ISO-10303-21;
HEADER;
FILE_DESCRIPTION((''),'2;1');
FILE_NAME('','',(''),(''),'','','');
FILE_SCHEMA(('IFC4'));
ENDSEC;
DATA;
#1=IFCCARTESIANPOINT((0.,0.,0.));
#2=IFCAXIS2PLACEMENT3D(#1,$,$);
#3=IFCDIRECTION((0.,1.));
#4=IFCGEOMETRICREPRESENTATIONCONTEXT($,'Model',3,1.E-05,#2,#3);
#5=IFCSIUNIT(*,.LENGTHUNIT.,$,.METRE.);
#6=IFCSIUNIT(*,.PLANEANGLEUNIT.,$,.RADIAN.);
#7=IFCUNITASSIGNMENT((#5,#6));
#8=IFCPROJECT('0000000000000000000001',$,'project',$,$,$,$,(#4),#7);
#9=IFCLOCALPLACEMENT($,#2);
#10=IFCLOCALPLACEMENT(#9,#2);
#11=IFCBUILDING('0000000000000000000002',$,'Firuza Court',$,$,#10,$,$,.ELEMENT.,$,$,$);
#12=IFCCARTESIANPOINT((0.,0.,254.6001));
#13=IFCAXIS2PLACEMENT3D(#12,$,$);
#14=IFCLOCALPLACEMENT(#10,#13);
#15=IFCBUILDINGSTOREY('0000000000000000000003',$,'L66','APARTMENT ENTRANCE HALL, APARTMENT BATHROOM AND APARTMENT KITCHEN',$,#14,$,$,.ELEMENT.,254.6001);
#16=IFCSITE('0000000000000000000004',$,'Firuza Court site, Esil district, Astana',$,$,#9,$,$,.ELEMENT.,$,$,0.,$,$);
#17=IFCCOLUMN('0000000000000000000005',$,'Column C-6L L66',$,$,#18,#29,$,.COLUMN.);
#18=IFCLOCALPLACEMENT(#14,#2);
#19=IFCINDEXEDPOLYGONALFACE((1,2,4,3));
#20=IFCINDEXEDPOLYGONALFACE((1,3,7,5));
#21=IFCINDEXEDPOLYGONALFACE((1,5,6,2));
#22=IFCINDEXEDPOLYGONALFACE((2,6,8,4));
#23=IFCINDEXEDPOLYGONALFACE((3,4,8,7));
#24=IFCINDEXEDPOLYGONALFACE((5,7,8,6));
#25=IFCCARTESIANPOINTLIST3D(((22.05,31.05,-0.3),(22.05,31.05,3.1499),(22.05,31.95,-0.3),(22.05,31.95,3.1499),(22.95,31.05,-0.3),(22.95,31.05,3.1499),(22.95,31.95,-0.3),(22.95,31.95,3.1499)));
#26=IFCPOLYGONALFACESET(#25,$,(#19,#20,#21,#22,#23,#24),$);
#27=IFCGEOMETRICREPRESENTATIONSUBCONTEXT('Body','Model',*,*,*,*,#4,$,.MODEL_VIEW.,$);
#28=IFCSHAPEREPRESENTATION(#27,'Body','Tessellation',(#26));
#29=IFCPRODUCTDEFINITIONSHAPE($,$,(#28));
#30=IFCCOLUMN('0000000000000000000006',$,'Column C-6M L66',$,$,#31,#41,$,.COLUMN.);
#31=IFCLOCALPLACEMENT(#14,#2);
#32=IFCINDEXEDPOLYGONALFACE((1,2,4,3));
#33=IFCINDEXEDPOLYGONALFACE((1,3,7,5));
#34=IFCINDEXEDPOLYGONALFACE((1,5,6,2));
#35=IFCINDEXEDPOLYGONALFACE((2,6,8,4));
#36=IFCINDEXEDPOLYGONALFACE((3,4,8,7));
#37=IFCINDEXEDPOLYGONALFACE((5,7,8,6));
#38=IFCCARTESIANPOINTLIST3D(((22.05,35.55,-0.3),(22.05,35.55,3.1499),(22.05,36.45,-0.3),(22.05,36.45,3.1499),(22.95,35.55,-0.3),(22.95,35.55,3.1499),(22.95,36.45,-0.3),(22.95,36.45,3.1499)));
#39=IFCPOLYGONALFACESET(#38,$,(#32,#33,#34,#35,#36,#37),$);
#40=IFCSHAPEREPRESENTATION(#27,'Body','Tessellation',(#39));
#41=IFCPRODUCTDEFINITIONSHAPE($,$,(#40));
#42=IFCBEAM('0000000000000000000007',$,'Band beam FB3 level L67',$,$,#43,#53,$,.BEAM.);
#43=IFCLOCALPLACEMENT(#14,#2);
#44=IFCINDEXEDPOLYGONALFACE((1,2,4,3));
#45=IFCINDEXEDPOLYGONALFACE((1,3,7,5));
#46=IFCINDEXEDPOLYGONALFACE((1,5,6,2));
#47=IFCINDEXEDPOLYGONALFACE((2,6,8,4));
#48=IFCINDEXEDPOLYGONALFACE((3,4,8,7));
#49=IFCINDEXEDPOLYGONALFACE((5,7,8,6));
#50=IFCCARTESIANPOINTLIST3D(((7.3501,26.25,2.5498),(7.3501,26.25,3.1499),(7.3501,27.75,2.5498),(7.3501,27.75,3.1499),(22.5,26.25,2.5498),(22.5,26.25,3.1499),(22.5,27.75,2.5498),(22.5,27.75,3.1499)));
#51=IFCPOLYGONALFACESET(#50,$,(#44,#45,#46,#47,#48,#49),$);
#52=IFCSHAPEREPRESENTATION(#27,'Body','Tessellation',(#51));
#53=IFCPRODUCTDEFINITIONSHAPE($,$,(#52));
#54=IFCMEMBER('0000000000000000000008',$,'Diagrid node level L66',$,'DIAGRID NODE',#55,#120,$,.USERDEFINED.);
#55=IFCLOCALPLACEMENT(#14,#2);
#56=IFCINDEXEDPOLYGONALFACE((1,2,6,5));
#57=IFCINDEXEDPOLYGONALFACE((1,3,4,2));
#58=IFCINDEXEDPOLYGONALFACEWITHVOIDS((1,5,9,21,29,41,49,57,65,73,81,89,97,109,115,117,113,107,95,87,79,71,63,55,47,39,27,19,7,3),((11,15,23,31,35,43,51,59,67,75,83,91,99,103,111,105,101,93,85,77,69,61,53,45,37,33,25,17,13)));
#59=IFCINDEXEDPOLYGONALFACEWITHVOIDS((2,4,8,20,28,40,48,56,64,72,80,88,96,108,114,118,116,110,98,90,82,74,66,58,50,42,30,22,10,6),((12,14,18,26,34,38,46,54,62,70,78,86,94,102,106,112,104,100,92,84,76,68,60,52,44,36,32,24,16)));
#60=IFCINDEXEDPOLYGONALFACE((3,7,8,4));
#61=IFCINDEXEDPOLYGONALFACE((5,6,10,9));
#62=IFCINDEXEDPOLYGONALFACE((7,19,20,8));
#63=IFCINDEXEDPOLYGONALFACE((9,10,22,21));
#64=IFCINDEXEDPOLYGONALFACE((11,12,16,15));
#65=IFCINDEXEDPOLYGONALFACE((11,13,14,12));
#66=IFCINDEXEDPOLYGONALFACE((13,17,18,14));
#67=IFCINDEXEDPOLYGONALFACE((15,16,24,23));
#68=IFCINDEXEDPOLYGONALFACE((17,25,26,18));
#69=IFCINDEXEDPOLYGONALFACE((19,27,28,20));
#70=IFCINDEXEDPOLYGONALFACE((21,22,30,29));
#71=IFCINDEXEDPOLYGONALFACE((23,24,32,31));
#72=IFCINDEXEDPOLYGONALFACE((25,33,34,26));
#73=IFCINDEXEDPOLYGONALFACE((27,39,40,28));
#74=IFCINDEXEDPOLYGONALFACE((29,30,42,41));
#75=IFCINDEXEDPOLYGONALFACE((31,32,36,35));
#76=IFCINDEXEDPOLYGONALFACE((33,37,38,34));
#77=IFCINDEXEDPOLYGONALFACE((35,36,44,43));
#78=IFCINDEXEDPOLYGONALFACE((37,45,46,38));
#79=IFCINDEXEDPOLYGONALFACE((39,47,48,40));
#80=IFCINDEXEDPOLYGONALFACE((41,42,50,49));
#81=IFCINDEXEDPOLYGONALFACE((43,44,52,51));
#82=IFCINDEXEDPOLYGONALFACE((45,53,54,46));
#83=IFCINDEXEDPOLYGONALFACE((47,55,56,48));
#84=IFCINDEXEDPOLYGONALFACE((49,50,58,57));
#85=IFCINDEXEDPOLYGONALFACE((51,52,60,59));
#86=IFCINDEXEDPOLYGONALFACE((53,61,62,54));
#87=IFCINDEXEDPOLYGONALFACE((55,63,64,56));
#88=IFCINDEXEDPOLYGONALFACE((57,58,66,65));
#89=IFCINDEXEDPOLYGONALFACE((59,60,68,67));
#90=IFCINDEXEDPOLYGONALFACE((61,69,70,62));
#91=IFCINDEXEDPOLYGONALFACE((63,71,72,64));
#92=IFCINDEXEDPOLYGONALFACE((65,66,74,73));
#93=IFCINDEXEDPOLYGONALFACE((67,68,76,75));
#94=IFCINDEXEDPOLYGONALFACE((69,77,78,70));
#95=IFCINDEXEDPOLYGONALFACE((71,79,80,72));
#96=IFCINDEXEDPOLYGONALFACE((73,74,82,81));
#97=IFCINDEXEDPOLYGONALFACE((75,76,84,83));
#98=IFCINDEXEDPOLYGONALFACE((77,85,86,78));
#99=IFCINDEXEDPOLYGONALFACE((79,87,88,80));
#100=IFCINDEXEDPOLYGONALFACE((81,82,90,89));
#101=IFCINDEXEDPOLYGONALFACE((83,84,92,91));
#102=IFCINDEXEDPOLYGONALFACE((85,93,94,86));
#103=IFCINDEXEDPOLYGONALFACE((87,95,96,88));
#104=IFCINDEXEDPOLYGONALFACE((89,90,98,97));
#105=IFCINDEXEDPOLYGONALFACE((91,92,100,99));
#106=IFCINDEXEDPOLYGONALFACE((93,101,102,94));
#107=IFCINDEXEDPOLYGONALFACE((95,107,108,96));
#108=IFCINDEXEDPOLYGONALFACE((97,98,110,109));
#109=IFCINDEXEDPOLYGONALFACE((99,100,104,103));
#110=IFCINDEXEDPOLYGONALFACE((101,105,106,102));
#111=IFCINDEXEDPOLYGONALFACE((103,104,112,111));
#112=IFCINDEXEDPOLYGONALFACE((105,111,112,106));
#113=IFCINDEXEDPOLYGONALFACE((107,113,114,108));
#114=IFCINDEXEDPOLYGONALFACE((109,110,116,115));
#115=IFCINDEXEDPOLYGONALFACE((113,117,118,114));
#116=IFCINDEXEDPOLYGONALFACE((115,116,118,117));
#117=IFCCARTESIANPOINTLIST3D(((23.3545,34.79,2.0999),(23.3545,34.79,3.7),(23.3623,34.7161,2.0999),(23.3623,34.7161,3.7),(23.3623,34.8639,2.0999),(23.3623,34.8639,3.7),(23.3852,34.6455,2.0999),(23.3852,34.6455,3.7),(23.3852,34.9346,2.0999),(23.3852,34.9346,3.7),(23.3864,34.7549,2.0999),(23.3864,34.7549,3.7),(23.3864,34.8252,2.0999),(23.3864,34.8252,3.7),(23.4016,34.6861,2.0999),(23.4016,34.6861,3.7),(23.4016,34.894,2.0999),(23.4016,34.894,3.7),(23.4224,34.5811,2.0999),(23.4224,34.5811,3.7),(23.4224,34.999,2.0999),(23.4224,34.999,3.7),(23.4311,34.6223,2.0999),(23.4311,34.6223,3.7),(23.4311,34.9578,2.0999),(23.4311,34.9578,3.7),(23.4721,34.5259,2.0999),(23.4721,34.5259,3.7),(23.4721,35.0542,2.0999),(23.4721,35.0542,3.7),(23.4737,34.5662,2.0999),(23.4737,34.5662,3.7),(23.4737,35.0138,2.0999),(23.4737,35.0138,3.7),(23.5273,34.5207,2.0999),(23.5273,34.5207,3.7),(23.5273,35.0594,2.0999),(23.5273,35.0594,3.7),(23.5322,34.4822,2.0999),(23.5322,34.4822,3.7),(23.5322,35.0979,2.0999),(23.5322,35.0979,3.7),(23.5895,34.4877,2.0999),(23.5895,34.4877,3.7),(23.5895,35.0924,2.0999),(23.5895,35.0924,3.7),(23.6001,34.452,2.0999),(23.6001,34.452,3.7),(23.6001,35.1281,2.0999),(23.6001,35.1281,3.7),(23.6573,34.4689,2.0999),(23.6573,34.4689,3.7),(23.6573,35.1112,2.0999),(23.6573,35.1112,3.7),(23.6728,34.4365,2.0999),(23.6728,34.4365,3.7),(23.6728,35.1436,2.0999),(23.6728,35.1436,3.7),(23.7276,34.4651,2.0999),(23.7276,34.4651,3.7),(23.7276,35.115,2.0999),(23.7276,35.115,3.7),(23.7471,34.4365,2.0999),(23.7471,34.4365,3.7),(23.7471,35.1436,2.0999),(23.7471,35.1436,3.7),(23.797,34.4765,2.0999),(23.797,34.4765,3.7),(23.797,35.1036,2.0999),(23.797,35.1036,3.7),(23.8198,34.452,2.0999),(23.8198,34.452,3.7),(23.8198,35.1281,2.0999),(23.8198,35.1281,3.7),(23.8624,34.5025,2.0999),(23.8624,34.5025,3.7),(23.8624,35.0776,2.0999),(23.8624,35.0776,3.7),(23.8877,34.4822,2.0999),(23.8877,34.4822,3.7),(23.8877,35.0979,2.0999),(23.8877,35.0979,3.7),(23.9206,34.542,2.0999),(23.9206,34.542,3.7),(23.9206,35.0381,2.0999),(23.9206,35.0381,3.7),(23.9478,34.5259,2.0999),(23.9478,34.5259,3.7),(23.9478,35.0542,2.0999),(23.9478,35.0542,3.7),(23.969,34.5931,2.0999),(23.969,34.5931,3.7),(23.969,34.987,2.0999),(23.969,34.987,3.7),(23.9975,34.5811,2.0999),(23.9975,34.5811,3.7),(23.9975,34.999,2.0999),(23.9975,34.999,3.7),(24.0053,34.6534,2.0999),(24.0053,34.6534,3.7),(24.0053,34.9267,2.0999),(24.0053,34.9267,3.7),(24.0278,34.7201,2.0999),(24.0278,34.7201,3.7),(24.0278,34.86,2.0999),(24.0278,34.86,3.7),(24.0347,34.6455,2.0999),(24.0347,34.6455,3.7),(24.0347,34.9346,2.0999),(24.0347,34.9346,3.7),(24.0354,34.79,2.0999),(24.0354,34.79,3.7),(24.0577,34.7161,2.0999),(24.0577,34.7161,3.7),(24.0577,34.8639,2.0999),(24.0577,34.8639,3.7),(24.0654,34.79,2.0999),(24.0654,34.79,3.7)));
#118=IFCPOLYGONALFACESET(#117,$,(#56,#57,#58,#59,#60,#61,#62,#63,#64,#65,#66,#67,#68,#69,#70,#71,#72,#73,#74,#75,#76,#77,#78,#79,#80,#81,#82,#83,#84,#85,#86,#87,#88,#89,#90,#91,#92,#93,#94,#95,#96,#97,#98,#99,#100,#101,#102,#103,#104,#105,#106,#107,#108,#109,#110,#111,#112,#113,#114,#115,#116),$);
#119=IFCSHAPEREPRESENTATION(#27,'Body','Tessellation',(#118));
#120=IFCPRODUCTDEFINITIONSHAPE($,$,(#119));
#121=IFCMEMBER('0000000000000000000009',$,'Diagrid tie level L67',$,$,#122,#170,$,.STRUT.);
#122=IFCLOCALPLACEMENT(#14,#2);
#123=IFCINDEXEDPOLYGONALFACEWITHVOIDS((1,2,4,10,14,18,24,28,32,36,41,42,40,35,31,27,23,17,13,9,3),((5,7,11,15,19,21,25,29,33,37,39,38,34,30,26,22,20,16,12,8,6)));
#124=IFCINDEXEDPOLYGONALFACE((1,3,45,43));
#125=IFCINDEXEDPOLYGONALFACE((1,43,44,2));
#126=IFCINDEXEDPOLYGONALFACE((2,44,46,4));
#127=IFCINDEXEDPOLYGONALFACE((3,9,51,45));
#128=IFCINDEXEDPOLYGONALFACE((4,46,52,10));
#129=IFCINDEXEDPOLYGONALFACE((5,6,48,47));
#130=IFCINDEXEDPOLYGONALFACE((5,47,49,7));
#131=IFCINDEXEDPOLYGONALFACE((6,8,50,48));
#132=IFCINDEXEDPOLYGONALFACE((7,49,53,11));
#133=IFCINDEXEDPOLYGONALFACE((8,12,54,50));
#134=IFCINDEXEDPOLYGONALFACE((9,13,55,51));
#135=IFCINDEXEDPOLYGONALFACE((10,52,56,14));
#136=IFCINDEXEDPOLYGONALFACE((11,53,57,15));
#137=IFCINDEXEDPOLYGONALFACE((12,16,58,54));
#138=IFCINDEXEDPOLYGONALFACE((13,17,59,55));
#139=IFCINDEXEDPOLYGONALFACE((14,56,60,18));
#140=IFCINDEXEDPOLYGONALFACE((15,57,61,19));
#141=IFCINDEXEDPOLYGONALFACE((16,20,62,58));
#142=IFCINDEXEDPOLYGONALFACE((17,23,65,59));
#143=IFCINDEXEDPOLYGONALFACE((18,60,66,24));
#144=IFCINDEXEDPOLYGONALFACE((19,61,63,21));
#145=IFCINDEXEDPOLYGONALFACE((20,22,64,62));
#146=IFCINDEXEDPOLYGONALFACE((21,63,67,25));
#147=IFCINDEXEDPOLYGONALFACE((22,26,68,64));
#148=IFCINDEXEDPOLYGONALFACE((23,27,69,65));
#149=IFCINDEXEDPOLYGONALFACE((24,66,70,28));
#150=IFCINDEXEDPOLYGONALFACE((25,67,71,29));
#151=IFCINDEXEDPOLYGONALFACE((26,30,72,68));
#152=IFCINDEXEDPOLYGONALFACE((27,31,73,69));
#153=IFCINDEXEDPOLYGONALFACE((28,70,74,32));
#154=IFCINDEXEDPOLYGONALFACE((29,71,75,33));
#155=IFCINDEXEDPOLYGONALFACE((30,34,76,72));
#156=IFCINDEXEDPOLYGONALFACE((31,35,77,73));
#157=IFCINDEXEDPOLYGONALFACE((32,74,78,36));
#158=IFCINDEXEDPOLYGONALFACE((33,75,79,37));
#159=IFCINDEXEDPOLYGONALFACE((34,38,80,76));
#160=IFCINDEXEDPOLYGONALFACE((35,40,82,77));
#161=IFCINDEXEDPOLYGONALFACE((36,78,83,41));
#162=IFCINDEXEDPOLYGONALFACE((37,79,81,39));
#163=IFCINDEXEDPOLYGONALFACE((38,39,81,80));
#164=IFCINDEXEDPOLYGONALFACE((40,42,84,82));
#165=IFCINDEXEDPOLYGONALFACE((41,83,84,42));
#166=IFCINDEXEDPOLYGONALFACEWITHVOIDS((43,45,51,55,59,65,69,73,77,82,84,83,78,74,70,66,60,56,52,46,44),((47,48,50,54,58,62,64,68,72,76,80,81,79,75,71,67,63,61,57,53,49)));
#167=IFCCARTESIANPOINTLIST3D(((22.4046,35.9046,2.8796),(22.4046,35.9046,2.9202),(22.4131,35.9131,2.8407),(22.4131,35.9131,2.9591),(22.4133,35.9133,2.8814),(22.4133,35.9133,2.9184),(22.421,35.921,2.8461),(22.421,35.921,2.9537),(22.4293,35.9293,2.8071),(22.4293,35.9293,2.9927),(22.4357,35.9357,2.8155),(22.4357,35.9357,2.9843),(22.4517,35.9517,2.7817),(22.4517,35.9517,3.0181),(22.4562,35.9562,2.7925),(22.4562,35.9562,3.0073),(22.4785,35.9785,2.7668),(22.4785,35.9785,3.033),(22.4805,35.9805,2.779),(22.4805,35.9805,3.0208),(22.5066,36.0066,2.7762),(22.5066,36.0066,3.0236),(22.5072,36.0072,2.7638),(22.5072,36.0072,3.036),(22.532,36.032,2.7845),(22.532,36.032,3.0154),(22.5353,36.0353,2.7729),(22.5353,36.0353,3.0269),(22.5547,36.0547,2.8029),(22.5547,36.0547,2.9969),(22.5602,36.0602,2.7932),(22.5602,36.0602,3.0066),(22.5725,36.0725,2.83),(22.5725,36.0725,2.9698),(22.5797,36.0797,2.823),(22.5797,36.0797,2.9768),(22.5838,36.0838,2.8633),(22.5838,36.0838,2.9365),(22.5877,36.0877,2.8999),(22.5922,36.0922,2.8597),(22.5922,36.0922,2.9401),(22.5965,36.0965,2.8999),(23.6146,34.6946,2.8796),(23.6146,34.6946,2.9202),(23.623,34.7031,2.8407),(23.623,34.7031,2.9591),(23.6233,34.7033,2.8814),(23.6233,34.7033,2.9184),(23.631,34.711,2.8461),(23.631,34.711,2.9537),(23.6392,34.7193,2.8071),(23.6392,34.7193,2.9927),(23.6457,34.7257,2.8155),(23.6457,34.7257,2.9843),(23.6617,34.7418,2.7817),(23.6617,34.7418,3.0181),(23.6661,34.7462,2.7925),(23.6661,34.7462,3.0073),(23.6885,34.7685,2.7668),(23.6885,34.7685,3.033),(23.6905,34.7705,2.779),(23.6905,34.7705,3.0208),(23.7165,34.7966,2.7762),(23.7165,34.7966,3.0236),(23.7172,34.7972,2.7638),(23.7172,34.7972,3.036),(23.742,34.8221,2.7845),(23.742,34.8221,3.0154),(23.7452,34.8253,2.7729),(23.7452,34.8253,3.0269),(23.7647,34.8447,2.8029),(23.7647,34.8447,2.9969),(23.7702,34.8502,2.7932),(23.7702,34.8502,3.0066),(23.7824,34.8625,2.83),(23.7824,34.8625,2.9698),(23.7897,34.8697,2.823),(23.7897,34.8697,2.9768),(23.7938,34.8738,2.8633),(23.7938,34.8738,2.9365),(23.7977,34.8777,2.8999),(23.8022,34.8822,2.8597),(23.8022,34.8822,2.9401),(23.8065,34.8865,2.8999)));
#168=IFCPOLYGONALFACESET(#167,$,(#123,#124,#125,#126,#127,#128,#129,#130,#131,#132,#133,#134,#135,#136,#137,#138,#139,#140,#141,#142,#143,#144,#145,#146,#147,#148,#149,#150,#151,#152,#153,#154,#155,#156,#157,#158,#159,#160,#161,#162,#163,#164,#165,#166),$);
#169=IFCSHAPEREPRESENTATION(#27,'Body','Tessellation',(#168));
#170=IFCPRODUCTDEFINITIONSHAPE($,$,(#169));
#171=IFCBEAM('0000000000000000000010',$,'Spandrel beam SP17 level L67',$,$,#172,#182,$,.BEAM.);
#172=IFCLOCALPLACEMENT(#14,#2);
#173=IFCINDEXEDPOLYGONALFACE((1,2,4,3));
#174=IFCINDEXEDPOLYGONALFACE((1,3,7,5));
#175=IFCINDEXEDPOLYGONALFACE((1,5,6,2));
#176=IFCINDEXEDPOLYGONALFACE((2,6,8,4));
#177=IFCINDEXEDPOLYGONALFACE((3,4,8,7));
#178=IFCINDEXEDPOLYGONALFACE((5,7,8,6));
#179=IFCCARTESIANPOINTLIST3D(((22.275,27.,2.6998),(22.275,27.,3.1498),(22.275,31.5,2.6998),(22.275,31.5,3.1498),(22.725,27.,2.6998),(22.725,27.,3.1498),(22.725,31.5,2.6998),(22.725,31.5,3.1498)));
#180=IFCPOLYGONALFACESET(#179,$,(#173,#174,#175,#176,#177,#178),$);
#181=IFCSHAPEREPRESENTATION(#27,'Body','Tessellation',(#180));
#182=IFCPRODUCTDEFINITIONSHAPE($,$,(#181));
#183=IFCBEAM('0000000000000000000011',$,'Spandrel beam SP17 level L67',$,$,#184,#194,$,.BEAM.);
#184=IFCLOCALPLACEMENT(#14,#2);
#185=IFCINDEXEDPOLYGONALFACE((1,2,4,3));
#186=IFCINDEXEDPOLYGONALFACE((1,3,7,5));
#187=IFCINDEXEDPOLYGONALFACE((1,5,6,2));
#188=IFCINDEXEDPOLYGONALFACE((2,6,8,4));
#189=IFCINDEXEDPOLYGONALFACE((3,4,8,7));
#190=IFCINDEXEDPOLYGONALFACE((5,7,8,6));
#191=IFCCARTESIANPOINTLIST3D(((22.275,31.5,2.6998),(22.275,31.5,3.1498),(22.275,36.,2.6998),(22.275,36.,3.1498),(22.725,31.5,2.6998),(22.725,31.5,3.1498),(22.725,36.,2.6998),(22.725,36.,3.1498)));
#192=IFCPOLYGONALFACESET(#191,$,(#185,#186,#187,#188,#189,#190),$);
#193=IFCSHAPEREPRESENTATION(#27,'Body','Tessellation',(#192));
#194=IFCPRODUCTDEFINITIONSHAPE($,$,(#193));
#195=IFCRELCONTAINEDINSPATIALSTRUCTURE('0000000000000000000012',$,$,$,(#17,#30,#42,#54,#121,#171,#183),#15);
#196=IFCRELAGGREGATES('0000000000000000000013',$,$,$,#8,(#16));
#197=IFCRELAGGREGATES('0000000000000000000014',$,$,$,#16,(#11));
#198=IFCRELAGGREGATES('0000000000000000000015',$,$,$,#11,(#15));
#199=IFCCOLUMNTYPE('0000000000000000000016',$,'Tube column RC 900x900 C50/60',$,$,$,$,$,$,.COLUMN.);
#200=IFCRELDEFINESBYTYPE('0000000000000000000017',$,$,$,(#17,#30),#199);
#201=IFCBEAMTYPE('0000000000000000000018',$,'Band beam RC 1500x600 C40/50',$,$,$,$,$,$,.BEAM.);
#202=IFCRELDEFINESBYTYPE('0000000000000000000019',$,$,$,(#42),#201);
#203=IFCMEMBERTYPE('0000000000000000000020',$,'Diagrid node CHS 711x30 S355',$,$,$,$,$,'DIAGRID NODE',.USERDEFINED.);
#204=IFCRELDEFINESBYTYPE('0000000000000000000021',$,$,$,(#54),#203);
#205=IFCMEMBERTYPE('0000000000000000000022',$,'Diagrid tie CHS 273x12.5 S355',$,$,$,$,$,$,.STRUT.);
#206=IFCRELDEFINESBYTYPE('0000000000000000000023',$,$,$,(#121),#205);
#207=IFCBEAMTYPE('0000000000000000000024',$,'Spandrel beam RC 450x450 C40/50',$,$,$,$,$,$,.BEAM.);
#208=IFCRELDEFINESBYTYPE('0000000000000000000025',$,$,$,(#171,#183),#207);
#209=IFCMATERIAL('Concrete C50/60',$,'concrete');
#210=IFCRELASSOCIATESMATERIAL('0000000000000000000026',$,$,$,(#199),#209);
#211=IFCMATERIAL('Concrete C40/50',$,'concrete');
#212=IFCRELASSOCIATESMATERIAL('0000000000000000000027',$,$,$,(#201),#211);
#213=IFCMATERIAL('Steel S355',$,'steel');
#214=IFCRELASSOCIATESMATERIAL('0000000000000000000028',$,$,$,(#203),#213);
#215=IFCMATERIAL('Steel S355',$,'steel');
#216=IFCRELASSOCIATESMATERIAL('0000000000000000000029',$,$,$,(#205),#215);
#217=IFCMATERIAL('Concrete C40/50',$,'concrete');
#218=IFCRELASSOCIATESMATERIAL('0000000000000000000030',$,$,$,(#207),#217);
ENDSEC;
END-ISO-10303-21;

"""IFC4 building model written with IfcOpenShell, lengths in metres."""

from ifc_helpers import new_model, si_unit, direction, frame, origin, origin_2d, place, context, subcontext, project, spatial, rectangle, hollow_circle, extrude, material, material_profile, profile_set, type_object, element, save


model = new_model("IFC4")

# Units and contexts
model_context = context("Model", 3, precision=1e-05, world=origin(), true_north=direction((0.0, 1.0)))
body_context = subcontext(model_context, "Body", "Model", "MODEL_VIEW")
ifc_project = project(units=[si_unit("LENGTHUNIT", "METRE"), si_unit("PLANEANGLEUNIT", "RADIAN")], contexts=[model_context])

# Site, building, storey
site_placement = place(None, origin())
site = spatial("IfcSite", under=ifc_project, at=site_placement, Name="Firuza Court site, Esil district, Astana", CompositionType="ELEMENT", RefElevation=0.0)
building_placement = place(site_placement, origin())
building = spatial("IfcBuilding", under=site, at=building_placement, Name="Firuza Court", CompositionType="ELEMENT")
storey_placement = place(building_placement, frame((0.0, 0.0, 254.6001)))
storey = spatial("IfcBuildingStorey", under=building, at=storey_placement, Name="L66", Description="APARTMENT ENTRANCE HALL, APARTMENT BATHROOM AND APARTMENT KITCHEN", CompositionType="ELEMENT", Elevation=254.6001)

# Columns
ifc_material_1 = material(Name="Concrete C50/60", Category="concrete")
ifc_material_profile_1 = material_profile(ifc_material_1, rectangle(XDim=0.8999, YDim=0.8999, at=origin_2d()), Name="RC 900x900")
ifc_profile_set_1 = profile_set([ifc_material_profile_1], Name="Concrete C50/60")
column_type = type_object("IfcColumnType", Name="Tube column RC 900x900 C50/60", PredefinedType="COLUMN", material=ifc_profile_set_1)
for number, where, z_axis, x_axis, name in (
    (1, (22.5, 31.5, -0.3), (0.0, 0.0, 1.0), (1.0, 0.0, 0.0), "Column C-6L L66"),
    (2, (22.5, 36.0, -0.3), (0.0, 0.0, 1.0), (1.0, 0.0, 0.0), "Column C-6M L66"),
):
    element("IfcColumn", number, at=place(storey_placement, frame(where, z_axis=z_axis, x_axis=x_axis)), inside=storey, type_object=column_type, Name=name, PredefinedType="COLUMN", context=body_context, shape_type="SweptSolid", body=[
        extrude(rectangle(XDim=0.8999, YDim=0.8999, at=origin_2d()), origin(), (0.0, 0.0, 1.0), 3.45),
    ])

# Beam
ifc_material_2 = material(Name="Concrete C40/50", Category="concrete")
ifc_material_profile_2 = material_profile(ifc_material_2, rectangle(XDim=1.5, YDim=0.6001, at=origin_2d()), Name="RC 1500x600")
ifc_profile_set_2 = profile_set([ifc_material_profile_2], Name="Concrete C40/50")
beam_type_1 = type_object("IfcBeamType", Name="Band beam RC 1500x600 C40/50", PredefinedType="BEAM", material=ifc_profile_set_2)
beam_placement = place(storey_placement, frame((22.5, 27.0, 2.8499), z_axis=(-1.0, 0.0, 0.0), x_axis=(0.0, -1.0, 0.0)))
element("IfcBeam", 3, at=beam_placement, inside=storey, type_object=beam_type_1, Name="Band beam FB3 level L67", PredefinedType="BEAM", context=body_context, shape_type="SweptSolid", body=[
    extrude(rectangle(XDim=1.5, YDim=0.6001, at=origin_2d()), origin(), (0.0, 0.0, 1.0), 15.1499),
])

# Members
ifc_material_3 = material(Name="Steel S355", Category="steel")
ifc_material_profile_3 = material_profile(ifc_material_3, hollow_circle(Radius=0.3555, WallThickness=0.03, at=origin_2d()), Name="CHS 711x30")
ifc_profile_set_3 = profile_set([ifc_material_profile_3], Name="Steel S355")
member_type_1 = type_object("IfcMemberType", Name="Diagrid node CHS 711x30 S355", ElementType="DIAGRID NODE", PredefinedType="USERDEFINED", material=ifc_profile_set_3)
member_1_placement = place(storey_placement, frame((23.71, 34.79, 2.0999), z_axis=(0.0, 0.0, 1.0), x_axis=(1.0, 0.0, 0.0)))
element("IfcMember", 4, at=member_1_placement, inside=storey, type_object=member_type_1, Name="Diagrid node level L66", ObjectType="DIAGRID NODE", PredefinedType="USERDEFINED", context=body_context, shape_type="SweptSolid", body=[
    extrude(hollow_circle(Radius=0.3555, WallThickness=0.03, at=origin_2d()), origin(), (0.0, 0.0, 1.0), 1.6001),
])
ifc_material_4 = material(Name="Steel S355", Category="steel")
ifc_material_profile_4 = material_profile(ifc_material_4, hollow_circle(Radius=0.1365, WallThickness=0.0125, at=origin_2d()), Name="CHS 273x12.5")
ifc_profile_set_4 = profile_set([ifc_material_profile_4], Name="Steel S355")
member_type_2 = type_object("IfcMemberType", Name="Diagrid tie CHS 273x12.5 S355", PredefinedType="STRUT", material=ifc_profile_set_4)
member_2_placement = place(storey_placement, frame((22.5, 36.0, 2.8999), z_axis=(0.707107, -0.707107, 0.0), x_axis=(0.707107, 0.707107, 0.0)))
element("IfcMember", 5, at=member_2_placement, inside=storey, type_object=member_type_2, Name="Diagrid tie level L67", PredefinedType="STRUT", context=body_context, shape_type="SweptSolid", body=[
    extrude(hollow_circle(Radius=0.1365, WallThickness=0.0125, at=origin_2d()), origin(), (0.0, 0.0, 1.0), 1.7112),
])

# Beams
ifc_material_5 = material(Name="Concrete C40/50", Category="concrete")
ifc_material_profile_5 = material_profile(ifc_material_5, rectangle(XDim=0.45, YDim=0.45, at=origin_2d()), Name="RC 450x450")
ifc_profile_set_5 = profile_set([ifc_material_profile_5], Name="Concrete C40/50")
beam_type_2 = type_object("IfcBeamType", Name="Spandrel beam RC 450x450 C40/50", PredefinedType="BEAM", material=ifc_profile_set_5)
for number, where, z_axis, x_axis, name in (
    (6, (22.5, 27.0, 2.9248), (0.0, 1.0, 0.0), (-1.0, 0.0, 0.0), "Spandrel beam SP17 level L67"),
    (7, (22.5, 31.5, 2.9248), (0.0, 1.0, 0.0), (-1.0, 0.0, 0.0), "Spandrel beam SP17 level L67"),
):
    element("IfcBeam", number, at=place(storey_placement, frame(where, z_axis=z_axis, x_axis=x_axis)), inside=storey, type_object=beam_type_2, Name=name, PredefinedType="BEAM", context=body_context, shape_type="SweptSolid", body=[
        extrude(rectangle(XDim=0.45, YDim=0.45, at=origin_2d()), origin(), (0.0, 0.0, 1.0), 4.5),
    ])

save(model, "model.ifc")
